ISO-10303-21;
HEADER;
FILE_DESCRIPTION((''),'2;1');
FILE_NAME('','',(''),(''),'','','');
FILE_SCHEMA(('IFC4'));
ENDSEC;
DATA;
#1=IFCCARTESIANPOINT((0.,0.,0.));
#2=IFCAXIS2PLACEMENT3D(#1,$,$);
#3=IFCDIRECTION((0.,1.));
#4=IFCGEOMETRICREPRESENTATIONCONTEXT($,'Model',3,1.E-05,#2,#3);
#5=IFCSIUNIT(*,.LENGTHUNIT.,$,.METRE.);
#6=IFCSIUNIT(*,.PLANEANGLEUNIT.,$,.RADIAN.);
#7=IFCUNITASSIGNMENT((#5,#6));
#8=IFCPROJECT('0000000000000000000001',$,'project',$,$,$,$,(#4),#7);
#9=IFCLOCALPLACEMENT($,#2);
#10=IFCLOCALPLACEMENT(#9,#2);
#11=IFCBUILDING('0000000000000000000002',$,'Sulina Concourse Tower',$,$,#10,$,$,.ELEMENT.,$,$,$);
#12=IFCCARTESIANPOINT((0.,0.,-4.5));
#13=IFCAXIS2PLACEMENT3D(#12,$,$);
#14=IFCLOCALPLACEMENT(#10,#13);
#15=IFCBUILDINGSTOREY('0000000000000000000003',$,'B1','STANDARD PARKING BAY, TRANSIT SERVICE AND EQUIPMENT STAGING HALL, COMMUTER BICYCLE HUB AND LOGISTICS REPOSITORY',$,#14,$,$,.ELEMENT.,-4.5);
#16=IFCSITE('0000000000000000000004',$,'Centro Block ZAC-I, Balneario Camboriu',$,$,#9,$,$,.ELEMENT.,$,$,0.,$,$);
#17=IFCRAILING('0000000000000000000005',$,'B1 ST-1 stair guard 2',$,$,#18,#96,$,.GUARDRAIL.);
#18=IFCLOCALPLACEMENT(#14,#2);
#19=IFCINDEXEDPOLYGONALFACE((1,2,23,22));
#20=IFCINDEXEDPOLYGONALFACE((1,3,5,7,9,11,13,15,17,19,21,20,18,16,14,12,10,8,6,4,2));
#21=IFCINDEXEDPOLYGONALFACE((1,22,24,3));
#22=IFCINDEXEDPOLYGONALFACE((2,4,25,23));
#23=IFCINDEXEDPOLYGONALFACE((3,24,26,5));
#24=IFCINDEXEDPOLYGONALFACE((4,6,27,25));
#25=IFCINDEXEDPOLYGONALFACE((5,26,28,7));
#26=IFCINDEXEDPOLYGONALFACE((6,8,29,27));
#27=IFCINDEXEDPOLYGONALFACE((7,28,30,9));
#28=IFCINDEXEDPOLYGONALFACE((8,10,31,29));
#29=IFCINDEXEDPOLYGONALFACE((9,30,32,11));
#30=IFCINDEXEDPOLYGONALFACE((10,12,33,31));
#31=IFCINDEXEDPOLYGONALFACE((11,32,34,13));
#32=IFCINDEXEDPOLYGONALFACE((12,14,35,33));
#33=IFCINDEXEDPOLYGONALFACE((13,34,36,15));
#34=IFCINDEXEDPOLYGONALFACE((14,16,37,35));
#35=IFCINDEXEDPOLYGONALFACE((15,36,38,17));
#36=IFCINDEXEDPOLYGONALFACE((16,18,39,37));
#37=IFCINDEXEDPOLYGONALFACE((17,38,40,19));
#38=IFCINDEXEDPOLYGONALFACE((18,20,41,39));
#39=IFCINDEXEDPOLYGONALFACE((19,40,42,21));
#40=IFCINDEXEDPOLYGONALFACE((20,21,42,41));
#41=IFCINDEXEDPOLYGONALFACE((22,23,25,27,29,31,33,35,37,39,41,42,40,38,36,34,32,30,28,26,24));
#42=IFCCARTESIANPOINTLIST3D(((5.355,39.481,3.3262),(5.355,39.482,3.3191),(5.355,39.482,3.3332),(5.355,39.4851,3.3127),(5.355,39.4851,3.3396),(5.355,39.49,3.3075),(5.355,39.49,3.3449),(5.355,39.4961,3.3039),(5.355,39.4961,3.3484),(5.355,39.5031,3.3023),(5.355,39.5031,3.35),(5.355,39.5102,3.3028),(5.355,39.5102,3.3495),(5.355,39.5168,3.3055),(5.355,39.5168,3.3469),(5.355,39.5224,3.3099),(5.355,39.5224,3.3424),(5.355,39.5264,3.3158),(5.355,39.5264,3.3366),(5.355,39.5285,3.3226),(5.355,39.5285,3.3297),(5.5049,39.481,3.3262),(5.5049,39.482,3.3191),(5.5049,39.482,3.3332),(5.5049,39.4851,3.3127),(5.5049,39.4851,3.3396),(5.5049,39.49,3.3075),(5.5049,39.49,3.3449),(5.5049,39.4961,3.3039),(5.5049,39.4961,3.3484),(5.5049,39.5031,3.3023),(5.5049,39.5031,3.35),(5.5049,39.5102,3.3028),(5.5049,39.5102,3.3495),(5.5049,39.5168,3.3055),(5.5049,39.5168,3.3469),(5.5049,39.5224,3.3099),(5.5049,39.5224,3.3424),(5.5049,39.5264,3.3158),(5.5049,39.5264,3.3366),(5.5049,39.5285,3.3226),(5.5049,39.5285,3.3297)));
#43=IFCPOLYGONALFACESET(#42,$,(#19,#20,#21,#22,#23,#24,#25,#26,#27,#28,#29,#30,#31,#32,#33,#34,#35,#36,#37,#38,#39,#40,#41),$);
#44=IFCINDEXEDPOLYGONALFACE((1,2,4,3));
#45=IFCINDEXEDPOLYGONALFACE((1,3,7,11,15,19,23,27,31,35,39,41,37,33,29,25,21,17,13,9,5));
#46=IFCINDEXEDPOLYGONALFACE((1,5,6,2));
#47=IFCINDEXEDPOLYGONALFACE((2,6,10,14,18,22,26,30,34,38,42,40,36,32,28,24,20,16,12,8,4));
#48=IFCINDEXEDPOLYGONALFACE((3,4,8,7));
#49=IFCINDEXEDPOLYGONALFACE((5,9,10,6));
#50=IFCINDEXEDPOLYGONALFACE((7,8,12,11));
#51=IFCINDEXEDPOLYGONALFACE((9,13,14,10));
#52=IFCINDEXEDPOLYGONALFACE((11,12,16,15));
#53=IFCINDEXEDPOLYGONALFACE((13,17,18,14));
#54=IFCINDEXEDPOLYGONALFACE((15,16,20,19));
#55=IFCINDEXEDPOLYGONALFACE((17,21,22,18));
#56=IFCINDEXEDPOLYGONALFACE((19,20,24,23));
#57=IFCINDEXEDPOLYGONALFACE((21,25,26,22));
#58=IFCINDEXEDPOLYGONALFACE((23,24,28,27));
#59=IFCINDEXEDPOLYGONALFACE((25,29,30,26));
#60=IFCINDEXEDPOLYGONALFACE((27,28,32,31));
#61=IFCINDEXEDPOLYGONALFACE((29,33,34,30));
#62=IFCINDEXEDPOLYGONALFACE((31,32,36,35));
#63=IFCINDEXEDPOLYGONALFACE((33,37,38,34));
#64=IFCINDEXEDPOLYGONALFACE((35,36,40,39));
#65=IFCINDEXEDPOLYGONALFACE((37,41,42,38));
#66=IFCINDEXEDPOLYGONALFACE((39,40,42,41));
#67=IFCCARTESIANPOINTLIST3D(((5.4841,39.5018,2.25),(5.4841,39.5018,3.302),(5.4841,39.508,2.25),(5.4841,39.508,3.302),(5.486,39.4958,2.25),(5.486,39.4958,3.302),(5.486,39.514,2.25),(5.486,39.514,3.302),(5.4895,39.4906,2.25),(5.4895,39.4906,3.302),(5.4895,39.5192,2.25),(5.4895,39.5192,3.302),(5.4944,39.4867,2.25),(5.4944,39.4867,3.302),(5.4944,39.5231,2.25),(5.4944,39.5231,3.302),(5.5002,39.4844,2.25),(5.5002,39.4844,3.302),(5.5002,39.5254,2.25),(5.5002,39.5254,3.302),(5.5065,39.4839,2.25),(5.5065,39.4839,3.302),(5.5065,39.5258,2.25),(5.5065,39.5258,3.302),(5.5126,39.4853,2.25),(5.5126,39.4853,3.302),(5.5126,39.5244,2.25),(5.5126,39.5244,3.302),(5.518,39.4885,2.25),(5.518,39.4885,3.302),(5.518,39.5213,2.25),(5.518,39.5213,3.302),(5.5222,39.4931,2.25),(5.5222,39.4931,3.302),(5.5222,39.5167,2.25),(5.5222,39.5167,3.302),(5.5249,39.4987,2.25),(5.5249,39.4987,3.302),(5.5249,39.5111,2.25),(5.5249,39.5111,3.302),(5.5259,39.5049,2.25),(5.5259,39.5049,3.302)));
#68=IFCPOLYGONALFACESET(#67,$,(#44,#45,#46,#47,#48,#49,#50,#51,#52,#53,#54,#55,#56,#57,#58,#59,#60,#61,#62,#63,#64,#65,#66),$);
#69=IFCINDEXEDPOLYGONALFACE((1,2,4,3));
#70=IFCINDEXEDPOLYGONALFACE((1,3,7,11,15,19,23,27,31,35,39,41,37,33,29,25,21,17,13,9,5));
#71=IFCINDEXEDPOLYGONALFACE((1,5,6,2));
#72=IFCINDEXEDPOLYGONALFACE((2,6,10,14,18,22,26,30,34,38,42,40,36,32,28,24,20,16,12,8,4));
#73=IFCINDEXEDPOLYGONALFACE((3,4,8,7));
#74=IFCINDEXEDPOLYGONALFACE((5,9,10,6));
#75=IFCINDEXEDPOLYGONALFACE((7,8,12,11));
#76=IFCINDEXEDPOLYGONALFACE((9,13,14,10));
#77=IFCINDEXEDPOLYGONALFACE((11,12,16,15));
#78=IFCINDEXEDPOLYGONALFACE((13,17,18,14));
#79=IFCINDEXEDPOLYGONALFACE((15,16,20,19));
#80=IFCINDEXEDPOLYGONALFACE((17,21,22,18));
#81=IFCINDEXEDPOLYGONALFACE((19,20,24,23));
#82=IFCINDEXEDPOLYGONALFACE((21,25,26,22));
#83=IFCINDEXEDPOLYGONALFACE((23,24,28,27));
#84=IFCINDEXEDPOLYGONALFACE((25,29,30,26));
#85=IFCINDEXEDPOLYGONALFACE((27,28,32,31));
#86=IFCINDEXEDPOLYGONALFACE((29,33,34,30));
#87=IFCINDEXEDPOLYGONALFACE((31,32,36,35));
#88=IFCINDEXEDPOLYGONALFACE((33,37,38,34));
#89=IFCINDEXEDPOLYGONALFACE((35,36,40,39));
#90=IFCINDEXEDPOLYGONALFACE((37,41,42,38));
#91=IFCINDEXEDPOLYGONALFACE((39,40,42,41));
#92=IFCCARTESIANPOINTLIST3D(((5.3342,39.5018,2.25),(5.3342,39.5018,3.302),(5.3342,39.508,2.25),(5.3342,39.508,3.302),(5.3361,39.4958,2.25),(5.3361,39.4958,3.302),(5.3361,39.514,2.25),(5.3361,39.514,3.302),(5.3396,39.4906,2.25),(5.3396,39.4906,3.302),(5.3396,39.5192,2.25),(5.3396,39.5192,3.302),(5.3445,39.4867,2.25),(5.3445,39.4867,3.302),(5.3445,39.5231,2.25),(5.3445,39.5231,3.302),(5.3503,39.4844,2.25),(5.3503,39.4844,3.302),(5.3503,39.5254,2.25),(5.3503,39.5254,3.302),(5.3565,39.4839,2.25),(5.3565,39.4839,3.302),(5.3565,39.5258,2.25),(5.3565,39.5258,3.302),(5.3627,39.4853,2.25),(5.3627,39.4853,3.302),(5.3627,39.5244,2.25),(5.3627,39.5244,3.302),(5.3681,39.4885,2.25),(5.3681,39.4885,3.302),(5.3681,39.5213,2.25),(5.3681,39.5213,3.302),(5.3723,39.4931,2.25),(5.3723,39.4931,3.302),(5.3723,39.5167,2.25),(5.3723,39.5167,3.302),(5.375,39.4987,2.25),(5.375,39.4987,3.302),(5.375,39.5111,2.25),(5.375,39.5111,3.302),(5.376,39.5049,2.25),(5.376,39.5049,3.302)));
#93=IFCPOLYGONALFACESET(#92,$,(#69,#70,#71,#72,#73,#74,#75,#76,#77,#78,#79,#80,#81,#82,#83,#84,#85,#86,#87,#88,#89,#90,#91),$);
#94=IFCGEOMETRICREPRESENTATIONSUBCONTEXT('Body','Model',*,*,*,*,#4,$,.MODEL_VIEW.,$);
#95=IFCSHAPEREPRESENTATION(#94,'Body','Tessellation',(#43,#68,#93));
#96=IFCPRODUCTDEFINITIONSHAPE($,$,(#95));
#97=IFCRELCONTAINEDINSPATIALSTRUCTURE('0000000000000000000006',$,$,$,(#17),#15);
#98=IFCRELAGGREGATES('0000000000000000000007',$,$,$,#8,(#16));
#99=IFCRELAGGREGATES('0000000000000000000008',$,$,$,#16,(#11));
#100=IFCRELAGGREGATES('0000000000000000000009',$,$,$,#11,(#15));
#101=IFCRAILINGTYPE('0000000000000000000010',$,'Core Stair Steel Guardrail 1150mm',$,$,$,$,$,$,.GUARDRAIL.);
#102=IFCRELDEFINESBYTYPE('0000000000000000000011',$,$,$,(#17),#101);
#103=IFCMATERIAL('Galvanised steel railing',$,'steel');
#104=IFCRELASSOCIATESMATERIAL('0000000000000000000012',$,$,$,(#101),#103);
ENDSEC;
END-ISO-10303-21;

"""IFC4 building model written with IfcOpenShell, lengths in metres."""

from ifc_helpers import new_model, si_unit, direction, frame, origin, origin_2d, place, context, subcontext, project, spatial, circle, extrude, material, type_object, element, save


model = new_model("IFC4")

# Units and contexts
model_context = context("Model", 3, precision=1e-05, world=origin(), true_north=direction((0.0, 1.0)))
body_context = subcontext(model_context, "Body", "Model", "MODEL_VIEW")
ifc_project = project(units=[si_unit("LENGTHUNIT", "METRE"), si_unit("PLANEANGLEUNIT", "RADIAN")], contexts=[model_context])

# Site, building, storey
site_placement = place(None, origin())
site = spatial("IfcSite", under=ifc_project, at=site_placement, Name="Centro Block ZAC-I, Balneario Camboriu", CompositionType="ELEMENT", RefElevation=0.0)
building_placement = place(site_placement, origin())
building = spatial("IfcBuilding", under=site, at=building_placement, Name="Sulina Concourse Tower", CompositionType="ELEMENT")
storey_placement = place(building_placement, frame((0.0, 0.0, -4.5)))
storey = spatial("IfcBuildingStorey", under=building, at=storey_placement, Name="B1", Description="STANDARD PARKING BAY, TRANSIT SERVICE AND EQUIPMENT STAGING HALL, COMMUTER BICYCLE HUB AND LOGISTICS REPOSITORY", CompositionType="ELEMENT", Elevation=-4.5)

# Railing
ifc_material_1 = material(Name="Galvanised steel railing", Category="steel")
railing_type_1 = type_object("IfcRailingType", Name="Core Stair Steel Guardrail 1150mm", PredefinedType="GUARDRAIL", material=ifc_material_1)
railing_1_placement = place(storey_placement, frame((5.5049, 39.5049, 2.25)))
element("IfcRailing", 1, at=railing_1_placement, inside=storey, type_object=railing_type_1, Name="B1 ST-1 stair guard 2", PredefinedType="GUARDRAIL", context=body_context, shape_type="SweptSolid", body=[
    extrude(circle(Radius=0.0239, at=origin_2d()), frame((0.0, 0.0, 1.0762), z_axis=(-1.0, 0.0, 0.0), x_axis=(0.0, -1.0, 0.0)), (0.0, 0.0, 1.0), 0.1499),
    extrude(circle(Radius=0.021, at=origin_2d()), origin(), (0.0, 0.0, 1.0), 1.052),
    extrude(circle(Radius=0.021, at=origin_2d()), frame((-0.1499, 0.0, 0.0)), (0.0, 0.0, 1.0), 1.052),
])

save(model, "model.ifc")
